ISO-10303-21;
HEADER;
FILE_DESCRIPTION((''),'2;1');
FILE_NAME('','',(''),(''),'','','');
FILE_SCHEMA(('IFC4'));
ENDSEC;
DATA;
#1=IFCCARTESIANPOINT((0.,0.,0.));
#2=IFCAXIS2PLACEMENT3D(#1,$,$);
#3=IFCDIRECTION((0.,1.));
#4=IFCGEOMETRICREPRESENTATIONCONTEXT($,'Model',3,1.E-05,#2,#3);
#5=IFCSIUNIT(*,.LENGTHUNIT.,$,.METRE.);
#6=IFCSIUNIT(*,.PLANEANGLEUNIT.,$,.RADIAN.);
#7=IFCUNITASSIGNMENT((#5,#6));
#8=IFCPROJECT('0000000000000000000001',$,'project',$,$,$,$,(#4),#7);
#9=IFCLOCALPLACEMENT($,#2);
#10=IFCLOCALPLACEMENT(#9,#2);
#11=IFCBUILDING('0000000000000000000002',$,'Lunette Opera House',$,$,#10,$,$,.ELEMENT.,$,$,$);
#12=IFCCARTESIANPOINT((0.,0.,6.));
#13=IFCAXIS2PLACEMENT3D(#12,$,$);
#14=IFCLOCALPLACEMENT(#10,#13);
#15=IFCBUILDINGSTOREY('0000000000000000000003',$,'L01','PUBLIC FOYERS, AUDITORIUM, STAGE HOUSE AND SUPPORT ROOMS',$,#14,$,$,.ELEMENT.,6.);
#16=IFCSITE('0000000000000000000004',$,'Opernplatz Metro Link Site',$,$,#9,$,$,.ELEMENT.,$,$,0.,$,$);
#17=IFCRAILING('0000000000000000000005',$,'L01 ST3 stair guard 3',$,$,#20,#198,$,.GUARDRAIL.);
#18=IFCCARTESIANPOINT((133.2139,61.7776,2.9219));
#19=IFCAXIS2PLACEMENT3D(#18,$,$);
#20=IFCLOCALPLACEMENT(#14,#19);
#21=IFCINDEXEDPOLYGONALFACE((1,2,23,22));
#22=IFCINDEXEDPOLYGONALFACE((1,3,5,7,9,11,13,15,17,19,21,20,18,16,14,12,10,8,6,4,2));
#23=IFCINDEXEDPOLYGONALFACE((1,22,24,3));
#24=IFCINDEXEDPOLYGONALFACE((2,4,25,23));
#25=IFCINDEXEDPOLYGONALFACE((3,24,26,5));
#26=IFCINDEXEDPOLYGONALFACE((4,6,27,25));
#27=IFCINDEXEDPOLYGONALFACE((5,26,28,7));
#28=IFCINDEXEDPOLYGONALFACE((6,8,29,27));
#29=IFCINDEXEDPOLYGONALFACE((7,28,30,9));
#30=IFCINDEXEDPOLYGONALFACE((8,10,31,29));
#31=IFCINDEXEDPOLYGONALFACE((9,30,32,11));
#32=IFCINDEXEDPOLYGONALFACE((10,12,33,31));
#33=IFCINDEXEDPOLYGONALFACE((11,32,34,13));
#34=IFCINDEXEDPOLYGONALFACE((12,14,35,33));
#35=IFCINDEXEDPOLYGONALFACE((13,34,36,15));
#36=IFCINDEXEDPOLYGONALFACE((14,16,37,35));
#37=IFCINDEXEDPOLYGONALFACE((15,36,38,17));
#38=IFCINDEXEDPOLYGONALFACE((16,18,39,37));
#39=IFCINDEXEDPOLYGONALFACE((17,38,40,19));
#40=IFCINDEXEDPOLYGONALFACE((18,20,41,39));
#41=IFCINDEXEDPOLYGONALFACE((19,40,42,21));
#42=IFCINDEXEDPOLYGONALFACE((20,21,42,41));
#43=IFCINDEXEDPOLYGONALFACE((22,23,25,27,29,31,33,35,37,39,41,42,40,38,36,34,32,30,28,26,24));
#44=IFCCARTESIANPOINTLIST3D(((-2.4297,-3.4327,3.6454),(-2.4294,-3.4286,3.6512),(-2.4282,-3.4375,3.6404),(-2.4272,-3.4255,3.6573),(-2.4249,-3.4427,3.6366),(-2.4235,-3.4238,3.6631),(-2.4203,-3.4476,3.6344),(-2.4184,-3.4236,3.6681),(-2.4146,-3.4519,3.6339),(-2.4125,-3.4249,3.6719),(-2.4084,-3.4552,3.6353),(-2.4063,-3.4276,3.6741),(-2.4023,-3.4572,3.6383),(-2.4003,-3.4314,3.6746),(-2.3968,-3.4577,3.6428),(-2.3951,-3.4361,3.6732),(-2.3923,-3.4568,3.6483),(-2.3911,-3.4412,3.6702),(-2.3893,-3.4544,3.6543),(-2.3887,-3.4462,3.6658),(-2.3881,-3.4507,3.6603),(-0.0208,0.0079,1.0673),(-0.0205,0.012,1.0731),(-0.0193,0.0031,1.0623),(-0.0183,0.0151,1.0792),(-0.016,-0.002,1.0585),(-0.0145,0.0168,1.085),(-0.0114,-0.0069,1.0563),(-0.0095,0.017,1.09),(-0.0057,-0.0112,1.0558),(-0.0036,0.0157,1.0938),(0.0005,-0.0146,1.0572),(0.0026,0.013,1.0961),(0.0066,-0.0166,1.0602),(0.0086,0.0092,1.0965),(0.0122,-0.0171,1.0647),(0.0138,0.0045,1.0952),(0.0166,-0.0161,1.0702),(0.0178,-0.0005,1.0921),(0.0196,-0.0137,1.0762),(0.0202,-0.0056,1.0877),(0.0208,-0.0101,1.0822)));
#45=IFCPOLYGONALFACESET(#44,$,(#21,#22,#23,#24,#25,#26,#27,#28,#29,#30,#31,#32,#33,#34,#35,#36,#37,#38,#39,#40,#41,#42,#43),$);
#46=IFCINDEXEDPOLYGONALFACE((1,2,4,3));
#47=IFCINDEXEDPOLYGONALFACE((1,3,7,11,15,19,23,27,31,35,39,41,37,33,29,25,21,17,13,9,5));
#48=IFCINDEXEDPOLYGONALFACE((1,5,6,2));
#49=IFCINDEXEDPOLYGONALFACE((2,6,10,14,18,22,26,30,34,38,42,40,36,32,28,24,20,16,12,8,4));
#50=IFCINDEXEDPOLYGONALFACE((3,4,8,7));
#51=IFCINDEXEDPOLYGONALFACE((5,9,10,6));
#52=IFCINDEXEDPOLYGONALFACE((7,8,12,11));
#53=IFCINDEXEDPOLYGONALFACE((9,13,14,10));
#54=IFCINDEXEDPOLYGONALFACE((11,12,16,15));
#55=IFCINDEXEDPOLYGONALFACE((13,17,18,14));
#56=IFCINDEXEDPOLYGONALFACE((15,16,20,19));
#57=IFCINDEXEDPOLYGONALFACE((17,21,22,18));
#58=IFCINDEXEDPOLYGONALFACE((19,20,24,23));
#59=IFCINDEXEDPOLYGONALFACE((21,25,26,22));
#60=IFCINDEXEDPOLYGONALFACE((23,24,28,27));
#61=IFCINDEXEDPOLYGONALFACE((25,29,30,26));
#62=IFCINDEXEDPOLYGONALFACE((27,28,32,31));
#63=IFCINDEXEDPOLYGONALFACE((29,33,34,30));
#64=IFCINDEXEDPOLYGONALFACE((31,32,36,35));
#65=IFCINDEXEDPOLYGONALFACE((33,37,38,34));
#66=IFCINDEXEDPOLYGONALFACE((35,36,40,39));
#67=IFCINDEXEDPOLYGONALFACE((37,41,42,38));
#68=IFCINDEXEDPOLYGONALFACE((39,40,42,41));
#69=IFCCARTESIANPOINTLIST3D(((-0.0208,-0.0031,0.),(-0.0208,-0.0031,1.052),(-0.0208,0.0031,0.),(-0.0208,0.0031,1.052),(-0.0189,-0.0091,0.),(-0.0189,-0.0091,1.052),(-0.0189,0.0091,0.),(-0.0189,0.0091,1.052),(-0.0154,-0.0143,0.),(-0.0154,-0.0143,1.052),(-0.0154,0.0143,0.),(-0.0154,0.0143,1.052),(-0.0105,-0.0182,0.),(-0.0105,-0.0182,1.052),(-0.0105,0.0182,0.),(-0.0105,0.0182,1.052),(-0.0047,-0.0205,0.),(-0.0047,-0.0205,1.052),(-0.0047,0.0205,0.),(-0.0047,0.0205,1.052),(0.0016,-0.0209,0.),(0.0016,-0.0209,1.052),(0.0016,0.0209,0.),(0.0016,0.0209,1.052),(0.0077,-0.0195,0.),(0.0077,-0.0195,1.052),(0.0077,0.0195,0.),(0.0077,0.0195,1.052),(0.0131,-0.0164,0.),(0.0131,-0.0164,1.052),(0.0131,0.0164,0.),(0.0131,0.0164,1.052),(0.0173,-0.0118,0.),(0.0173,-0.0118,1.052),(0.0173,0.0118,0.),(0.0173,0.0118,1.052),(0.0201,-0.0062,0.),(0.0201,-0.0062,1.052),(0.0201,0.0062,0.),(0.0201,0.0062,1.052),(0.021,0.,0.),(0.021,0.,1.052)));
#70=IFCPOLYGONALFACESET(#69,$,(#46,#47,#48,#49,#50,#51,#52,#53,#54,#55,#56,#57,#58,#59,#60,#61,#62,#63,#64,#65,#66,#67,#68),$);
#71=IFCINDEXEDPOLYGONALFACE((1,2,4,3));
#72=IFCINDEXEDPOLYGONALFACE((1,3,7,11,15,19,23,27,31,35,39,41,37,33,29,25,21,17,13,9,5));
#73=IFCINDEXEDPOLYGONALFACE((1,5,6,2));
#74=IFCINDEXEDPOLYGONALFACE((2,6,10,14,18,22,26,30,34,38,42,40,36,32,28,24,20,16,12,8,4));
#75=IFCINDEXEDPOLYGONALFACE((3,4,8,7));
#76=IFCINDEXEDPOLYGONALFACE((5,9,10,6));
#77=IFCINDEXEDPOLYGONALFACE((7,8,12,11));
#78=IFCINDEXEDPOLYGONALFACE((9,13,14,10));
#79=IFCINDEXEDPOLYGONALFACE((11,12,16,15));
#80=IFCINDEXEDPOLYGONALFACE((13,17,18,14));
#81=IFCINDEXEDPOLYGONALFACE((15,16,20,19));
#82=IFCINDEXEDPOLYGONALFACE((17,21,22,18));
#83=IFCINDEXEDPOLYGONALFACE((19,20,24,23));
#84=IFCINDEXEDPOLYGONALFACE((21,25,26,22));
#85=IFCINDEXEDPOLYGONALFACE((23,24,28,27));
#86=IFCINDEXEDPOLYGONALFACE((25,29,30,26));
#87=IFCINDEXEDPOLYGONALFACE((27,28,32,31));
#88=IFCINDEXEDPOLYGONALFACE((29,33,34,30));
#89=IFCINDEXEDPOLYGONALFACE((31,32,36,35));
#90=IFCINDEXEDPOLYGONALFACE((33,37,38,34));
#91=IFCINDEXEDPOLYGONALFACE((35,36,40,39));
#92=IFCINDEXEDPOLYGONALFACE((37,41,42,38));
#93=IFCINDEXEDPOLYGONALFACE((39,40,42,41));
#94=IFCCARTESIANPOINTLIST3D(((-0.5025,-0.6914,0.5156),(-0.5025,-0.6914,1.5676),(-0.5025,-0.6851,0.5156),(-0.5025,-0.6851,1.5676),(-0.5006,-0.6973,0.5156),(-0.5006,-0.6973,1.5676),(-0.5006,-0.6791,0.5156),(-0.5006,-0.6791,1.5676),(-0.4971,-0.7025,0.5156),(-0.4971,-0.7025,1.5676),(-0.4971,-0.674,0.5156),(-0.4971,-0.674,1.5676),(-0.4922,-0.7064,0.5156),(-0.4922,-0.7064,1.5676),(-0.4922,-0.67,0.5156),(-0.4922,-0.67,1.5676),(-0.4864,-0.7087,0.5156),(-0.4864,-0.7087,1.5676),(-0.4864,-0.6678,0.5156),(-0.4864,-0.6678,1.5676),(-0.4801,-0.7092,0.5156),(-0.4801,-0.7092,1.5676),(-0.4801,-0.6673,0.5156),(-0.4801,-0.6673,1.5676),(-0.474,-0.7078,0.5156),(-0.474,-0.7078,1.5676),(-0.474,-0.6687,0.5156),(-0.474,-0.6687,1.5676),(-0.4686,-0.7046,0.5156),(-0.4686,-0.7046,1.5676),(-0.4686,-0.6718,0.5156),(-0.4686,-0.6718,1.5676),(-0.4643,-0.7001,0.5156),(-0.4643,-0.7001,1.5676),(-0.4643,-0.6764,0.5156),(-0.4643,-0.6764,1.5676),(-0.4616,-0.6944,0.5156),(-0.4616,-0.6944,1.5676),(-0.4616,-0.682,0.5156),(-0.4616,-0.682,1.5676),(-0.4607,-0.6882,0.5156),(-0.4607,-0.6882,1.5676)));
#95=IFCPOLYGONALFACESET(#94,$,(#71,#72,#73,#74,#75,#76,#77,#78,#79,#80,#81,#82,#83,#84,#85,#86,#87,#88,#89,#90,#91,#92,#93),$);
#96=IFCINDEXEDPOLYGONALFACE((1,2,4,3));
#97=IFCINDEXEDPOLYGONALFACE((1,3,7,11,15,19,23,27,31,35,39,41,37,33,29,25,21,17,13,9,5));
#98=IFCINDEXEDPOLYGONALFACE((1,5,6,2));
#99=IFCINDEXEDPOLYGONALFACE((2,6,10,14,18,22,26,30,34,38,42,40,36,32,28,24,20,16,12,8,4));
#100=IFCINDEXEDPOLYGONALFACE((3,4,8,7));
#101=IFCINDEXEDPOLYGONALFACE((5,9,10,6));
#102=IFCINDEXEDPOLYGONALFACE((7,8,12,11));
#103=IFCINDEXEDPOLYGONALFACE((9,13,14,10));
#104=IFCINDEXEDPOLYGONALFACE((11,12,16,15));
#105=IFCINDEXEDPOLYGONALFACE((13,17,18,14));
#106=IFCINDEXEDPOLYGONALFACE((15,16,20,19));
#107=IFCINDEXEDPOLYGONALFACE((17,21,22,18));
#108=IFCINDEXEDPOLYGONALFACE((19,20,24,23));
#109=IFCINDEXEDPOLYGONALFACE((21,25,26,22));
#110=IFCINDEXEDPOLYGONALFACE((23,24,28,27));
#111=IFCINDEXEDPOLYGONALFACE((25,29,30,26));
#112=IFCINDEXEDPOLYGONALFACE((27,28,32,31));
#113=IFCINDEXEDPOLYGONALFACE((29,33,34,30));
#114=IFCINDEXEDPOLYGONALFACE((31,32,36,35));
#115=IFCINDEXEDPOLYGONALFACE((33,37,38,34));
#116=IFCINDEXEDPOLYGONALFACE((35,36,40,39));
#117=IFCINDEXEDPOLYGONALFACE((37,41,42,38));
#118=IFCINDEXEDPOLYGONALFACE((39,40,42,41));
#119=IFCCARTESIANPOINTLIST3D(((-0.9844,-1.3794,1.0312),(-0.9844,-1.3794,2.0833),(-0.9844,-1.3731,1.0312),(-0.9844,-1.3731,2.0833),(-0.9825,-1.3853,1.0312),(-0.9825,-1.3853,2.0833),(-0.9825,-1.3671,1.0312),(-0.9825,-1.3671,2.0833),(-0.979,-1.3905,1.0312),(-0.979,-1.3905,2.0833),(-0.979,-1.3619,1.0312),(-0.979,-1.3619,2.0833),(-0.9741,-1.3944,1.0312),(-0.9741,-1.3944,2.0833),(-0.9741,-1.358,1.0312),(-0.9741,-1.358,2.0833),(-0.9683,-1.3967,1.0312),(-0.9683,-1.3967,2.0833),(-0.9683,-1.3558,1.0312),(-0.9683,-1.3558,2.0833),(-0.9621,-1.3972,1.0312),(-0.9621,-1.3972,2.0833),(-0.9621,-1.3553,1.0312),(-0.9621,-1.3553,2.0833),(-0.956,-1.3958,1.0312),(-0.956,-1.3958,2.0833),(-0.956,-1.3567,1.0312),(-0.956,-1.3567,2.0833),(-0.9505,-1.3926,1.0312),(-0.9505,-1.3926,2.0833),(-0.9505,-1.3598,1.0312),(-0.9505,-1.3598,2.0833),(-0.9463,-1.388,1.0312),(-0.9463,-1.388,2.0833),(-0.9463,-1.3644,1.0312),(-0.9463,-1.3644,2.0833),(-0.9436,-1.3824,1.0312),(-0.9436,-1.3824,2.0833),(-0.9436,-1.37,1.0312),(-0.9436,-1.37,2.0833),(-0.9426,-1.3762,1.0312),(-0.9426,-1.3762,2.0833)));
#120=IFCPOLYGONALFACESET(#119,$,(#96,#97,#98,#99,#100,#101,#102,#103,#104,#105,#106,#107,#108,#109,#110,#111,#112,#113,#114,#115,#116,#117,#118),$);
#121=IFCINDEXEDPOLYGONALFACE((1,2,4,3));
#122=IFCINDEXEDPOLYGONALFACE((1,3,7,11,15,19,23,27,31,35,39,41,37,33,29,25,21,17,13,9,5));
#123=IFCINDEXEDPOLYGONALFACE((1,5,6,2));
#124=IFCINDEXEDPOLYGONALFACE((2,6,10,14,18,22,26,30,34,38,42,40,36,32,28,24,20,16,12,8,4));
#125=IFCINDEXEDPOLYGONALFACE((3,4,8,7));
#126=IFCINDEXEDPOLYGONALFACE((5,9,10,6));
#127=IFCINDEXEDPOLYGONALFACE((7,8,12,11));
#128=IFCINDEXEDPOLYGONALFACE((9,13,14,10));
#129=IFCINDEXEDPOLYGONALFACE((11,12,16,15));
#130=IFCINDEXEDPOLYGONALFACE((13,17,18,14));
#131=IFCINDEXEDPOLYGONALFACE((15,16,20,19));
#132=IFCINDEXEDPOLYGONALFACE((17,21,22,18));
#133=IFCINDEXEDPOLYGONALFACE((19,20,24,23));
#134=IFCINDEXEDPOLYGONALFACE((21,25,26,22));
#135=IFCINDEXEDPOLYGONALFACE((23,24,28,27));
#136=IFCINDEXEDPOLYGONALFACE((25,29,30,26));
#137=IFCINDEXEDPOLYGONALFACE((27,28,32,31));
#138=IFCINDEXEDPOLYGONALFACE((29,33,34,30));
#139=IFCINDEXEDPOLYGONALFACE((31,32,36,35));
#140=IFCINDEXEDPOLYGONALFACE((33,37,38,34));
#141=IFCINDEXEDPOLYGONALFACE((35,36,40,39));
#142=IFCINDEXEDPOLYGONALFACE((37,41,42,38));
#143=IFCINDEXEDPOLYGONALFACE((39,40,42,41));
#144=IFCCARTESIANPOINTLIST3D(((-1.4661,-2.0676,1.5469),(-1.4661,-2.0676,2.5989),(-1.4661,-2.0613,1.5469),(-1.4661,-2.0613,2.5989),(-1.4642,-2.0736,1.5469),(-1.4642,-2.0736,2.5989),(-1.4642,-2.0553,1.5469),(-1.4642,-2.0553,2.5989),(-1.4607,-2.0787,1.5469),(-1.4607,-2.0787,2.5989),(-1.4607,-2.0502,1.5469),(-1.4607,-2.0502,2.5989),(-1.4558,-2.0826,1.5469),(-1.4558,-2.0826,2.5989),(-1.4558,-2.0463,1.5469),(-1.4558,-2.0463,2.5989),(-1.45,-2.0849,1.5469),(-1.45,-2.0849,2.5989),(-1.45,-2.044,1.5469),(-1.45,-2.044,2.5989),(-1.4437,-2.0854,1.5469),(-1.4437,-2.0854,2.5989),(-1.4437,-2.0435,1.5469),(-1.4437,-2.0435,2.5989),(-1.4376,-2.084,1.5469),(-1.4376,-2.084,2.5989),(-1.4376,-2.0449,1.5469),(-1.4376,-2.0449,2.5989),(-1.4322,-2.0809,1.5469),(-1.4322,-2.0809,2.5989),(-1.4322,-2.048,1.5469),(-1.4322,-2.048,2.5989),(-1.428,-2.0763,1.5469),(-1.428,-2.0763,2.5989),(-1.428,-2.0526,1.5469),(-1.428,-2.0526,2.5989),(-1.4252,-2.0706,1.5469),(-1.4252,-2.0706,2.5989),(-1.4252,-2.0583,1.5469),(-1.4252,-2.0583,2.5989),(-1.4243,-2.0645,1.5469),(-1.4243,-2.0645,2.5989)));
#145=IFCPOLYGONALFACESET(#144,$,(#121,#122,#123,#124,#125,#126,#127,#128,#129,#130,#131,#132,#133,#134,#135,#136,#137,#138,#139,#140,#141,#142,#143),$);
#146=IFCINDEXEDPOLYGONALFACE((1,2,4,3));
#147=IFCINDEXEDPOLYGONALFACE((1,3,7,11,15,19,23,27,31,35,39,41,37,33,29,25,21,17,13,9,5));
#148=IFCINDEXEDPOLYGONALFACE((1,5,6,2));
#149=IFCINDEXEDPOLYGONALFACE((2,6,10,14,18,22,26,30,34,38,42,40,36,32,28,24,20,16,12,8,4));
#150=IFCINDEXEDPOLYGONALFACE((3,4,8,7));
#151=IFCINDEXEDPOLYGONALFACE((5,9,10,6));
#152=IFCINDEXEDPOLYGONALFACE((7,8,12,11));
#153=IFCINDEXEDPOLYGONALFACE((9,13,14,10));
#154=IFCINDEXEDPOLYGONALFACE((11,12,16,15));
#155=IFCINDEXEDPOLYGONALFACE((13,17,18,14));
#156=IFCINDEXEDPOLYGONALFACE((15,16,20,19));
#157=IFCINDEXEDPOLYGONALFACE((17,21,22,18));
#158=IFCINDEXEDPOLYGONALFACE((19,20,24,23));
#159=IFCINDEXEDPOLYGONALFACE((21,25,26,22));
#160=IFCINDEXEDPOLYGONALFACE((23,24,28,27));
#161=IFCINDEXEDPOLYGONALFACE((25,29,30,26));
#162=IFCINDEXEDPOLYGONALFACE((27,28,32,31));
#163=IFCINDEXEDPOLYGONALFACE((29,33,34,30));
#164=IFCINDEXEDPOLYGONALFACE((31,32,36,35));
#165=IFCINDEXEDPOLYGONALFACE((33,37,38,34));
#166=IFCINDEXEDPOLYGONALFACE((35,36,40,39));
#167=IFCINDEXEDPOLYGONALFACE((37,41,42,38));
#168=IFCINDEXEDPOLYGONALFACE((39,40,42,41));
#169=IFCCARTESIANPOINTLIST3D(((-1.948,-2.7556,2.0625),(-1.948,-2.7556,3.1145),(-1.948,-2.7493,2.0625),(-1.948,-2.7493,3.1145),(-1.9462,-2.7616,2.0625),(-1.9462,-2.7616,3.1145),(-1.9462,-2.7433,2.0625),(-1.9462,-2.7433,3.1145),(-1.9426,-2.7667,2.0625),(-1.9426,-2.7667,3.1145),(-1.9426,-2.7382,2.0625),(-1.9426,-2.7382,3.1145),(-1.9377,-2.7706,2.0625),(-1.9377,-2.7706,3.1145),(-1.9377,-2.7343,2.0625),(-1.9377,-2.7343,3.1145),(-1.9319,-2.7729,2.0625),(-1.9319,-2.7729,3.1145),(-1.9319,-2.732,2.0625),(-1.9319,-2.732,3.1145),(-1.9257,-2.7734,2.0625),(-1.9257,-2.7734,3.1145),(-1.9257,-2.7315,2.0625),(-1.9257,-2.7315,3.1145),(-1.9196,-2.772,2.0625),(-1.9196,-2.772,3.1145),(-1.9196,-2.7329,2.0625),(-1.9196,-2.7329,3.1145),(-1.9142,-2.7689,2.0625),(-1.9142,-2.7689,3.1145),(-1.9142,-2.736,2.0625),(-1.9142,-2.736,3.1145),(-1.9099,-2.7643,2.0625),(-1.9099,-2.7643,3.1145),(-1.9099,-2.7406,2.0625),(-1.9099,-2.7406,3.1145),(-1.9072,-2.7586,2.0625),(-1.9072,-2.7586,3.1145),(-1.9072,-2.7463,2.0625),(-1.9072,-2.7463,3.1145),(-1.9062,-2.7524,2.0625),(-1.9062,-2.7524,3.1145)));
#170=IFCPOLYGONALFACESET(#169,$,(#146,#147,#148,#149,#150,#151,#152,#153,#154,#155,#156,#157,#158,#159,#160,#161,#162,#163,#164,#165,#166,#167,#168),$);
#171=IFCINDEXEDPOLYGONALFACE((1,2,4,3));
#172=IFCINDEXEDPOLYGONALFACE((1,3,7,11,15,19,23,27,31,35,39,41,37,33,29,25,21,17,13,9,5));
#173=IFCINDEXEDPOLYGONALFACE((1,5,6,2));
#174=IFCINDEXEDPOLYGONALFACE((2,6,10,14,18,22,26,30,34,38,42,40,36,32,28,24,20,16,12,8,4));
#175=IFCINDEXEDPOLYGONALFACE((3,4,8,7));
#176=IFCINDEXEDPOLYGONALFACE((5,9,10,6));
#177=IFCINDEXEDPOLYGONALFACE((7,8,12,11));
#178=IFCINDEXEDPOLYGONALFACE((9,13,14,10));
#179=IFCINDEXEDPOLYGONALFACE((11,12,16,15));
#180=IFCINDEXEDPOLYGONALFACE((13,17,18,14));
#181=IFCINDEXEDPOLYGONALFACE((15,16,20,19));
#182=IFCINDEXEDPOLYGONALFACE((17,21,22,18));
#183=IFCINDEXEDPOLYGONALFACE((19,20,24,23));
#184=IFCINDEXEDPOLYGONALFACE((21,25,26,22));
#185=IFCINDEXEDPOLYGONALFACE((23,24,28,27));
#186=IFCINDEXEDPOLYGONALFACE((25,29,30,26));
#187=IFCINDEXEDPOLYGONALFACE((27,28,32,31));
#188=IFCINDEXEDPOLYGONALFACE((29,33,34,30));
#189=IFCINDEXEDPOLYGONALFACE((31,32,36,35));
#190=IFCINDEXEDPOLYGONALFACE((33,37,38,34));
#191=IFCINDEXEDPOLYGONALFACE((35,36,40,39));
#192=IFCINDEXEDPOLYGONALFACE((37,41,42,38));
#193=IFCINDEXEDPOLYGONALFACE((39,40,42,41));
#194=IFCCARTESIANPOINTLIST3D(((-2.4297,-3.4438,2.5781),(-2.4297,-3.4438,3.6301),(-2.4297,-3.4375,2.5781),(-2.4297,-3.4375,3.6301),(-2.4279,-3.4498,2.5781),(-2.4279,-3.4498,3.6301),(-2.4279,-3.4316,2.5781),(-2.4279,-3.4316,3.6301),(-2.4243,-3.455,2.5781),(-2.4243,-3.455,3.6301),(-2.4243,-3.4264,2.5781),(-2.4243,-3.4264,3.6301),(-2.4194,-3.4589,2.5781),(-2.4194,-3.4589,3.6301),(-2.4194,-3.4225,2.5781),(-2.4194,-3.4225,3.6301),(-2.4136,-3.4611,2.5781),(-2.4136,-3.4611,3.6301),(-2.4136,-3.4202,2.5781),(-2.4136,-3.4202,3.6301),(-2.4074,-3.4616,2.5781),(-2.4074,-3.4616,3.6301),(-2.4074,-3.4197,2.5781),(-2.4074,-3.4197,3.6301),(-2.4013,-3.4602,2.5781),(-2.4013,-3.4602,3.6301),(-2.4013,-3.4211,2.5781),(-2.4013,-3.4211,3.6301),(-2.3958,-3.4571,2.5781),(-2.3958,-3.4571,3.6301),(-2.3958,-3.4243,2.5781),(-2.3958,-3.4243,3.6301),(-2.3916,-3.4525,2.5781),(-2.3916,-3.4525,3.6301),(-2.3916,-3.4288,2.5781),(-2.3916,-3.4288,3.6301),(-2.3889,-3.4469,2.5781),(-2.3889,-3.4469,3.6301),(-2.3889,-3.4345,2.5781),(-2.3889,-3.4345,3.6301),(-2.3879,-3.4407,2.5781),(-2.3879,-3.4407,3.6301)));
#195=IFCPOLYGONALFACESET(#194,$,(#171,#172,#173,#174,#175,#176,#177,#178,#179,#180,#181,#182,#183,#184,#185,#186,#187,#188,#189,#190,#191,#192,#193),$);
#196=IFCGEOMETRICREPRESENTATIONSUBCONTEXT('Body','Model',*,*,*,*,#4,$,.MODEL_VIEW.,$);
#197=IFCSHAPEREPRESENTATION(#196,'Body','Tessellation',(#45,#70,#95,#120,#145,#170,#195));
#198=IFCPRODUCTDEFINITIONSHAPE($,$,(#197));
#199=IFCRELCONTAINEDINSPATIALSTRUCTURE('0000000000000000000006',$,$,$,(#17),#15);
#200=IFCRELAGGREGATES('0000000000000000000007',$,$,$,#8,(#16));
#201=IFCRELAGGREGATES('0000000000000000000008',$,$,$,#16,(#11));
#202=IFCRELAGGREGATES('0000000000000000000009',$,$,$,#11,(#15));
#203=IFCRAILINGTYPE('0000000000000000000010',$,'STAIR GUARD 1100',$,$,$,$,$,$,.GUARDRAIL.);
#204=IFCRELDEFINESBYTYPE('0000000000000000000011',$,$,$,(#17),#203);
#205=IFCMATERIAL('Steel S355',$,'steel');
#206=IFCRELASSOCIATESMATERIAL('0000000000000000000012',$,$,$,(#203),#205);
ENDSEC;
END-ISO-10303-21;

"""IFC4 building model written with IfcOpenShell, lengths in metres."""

from ifc_helpers import new_model, si_unit, direction, frame, origin, origin_2d, place, context, subcontext, project, spatial, circle, extrude, material, type_object, element, save


model = new_model("IFC4")

# Units and contexts
model_context = context("Model", 3, precision=1e-05, world=origin(), true_north=direction((0.0, 1.0)))
body_context = subcontext(model_context, "Body", "Model", "MODEL_VIEW")
ifc_project = project(units=[si_unit("LENGTHUNIT", "METRE"), si_unit("PLANEANGLEUNIT", "RADIAN")], contexts=[model_context])

# Site, building, storey
site_placement = place(None, origin())
site = spatial("IfcSite", under=ifc_project, at=site_placement, Name="Opernplatz Metro Link Site", CompositionType="ELEMENT", RefElevation=0.0)
building_placement = place(site_placement, origin())
building = spatial("IfcBuilding", under=site, at=building_placement, Name="Lunette Opera House", CompositionType="ELEMENT")
storey_placement = place(building_placement, frame((0.0, 0.0, 6.0)))
storey = spatial("IfcBuildingStorey", under=building, at=storey_placement, Name="L01", Description="PUBLIC FOYERS, AUDITORIUM, STAGE HOUSE AND SUPPORT ROOMS", CompositionType="ELEMENT", Elevation=6.0)

# Railing
ifc_material_1 = material(Name="Steel S355", Category="steel")
railing_type_1 = type_object("IfcRailingType", Name="STAIR GUARD 1100", PredefinedType="GUARDRAIL", material=ifc_material_1)
railing_1_placement = place(storey_placement, frame((133.2139, 61.7776, 2.9219)))
element("IfcRailing", 1, at=railing_1_placement, inside=storey, type_object=railing_type_1, Name="L01 ST3 stair guard 3", PredefinedType="GUARDRAIL", context=body_context, shape_type="SweptSolid", body=[
    extrude(circle(Radius=0.0239, at=origin_2d()), frame((0.0, 0.0, 1.0762), z_axis=(-0.488799, -0.698149, 0.523129), x_axis=(0.81918, -0.573536, 0.0)), (0.0, 0.0, 1.0), 4.9282),
    extrude(circle(Radius=0.021, at=origin_2d()), origin(), (0.0, 0.0, 1.0), 1.052),
    extrude(circle(Radius=0.021, at=origin_2d()), frame((-0.4817, -0.6882, 0.5156)), (0.0, 0.0, 1.0), 1.052),
    extrude(circle(Radius=0.021, at=origin_2d()), frame((-0.9636, -1.3762, 1.0312)), (0.0, 0.0, 1.0), 1.052),
    extrude(circle(Radius=0.021, at=origin_2d()), frame((-1.4453, -2.0645, 1.5469)), (0.0, 0.0, 1.0), 1.052),
    extrude(circle(Radius=0.021, at=origin_2d()), frame((-1.9272, -2.7524, 2.0625)), (0.0, 0.0, 1.0), 1.052),
    extrude(circle(Radius=0.021, at=origin_2d()), frame((-2.4089, -3.4407, 2.5781)), (0.0, 0.0, 1.0), 1.052),
])

save(model, "model.ifc")
